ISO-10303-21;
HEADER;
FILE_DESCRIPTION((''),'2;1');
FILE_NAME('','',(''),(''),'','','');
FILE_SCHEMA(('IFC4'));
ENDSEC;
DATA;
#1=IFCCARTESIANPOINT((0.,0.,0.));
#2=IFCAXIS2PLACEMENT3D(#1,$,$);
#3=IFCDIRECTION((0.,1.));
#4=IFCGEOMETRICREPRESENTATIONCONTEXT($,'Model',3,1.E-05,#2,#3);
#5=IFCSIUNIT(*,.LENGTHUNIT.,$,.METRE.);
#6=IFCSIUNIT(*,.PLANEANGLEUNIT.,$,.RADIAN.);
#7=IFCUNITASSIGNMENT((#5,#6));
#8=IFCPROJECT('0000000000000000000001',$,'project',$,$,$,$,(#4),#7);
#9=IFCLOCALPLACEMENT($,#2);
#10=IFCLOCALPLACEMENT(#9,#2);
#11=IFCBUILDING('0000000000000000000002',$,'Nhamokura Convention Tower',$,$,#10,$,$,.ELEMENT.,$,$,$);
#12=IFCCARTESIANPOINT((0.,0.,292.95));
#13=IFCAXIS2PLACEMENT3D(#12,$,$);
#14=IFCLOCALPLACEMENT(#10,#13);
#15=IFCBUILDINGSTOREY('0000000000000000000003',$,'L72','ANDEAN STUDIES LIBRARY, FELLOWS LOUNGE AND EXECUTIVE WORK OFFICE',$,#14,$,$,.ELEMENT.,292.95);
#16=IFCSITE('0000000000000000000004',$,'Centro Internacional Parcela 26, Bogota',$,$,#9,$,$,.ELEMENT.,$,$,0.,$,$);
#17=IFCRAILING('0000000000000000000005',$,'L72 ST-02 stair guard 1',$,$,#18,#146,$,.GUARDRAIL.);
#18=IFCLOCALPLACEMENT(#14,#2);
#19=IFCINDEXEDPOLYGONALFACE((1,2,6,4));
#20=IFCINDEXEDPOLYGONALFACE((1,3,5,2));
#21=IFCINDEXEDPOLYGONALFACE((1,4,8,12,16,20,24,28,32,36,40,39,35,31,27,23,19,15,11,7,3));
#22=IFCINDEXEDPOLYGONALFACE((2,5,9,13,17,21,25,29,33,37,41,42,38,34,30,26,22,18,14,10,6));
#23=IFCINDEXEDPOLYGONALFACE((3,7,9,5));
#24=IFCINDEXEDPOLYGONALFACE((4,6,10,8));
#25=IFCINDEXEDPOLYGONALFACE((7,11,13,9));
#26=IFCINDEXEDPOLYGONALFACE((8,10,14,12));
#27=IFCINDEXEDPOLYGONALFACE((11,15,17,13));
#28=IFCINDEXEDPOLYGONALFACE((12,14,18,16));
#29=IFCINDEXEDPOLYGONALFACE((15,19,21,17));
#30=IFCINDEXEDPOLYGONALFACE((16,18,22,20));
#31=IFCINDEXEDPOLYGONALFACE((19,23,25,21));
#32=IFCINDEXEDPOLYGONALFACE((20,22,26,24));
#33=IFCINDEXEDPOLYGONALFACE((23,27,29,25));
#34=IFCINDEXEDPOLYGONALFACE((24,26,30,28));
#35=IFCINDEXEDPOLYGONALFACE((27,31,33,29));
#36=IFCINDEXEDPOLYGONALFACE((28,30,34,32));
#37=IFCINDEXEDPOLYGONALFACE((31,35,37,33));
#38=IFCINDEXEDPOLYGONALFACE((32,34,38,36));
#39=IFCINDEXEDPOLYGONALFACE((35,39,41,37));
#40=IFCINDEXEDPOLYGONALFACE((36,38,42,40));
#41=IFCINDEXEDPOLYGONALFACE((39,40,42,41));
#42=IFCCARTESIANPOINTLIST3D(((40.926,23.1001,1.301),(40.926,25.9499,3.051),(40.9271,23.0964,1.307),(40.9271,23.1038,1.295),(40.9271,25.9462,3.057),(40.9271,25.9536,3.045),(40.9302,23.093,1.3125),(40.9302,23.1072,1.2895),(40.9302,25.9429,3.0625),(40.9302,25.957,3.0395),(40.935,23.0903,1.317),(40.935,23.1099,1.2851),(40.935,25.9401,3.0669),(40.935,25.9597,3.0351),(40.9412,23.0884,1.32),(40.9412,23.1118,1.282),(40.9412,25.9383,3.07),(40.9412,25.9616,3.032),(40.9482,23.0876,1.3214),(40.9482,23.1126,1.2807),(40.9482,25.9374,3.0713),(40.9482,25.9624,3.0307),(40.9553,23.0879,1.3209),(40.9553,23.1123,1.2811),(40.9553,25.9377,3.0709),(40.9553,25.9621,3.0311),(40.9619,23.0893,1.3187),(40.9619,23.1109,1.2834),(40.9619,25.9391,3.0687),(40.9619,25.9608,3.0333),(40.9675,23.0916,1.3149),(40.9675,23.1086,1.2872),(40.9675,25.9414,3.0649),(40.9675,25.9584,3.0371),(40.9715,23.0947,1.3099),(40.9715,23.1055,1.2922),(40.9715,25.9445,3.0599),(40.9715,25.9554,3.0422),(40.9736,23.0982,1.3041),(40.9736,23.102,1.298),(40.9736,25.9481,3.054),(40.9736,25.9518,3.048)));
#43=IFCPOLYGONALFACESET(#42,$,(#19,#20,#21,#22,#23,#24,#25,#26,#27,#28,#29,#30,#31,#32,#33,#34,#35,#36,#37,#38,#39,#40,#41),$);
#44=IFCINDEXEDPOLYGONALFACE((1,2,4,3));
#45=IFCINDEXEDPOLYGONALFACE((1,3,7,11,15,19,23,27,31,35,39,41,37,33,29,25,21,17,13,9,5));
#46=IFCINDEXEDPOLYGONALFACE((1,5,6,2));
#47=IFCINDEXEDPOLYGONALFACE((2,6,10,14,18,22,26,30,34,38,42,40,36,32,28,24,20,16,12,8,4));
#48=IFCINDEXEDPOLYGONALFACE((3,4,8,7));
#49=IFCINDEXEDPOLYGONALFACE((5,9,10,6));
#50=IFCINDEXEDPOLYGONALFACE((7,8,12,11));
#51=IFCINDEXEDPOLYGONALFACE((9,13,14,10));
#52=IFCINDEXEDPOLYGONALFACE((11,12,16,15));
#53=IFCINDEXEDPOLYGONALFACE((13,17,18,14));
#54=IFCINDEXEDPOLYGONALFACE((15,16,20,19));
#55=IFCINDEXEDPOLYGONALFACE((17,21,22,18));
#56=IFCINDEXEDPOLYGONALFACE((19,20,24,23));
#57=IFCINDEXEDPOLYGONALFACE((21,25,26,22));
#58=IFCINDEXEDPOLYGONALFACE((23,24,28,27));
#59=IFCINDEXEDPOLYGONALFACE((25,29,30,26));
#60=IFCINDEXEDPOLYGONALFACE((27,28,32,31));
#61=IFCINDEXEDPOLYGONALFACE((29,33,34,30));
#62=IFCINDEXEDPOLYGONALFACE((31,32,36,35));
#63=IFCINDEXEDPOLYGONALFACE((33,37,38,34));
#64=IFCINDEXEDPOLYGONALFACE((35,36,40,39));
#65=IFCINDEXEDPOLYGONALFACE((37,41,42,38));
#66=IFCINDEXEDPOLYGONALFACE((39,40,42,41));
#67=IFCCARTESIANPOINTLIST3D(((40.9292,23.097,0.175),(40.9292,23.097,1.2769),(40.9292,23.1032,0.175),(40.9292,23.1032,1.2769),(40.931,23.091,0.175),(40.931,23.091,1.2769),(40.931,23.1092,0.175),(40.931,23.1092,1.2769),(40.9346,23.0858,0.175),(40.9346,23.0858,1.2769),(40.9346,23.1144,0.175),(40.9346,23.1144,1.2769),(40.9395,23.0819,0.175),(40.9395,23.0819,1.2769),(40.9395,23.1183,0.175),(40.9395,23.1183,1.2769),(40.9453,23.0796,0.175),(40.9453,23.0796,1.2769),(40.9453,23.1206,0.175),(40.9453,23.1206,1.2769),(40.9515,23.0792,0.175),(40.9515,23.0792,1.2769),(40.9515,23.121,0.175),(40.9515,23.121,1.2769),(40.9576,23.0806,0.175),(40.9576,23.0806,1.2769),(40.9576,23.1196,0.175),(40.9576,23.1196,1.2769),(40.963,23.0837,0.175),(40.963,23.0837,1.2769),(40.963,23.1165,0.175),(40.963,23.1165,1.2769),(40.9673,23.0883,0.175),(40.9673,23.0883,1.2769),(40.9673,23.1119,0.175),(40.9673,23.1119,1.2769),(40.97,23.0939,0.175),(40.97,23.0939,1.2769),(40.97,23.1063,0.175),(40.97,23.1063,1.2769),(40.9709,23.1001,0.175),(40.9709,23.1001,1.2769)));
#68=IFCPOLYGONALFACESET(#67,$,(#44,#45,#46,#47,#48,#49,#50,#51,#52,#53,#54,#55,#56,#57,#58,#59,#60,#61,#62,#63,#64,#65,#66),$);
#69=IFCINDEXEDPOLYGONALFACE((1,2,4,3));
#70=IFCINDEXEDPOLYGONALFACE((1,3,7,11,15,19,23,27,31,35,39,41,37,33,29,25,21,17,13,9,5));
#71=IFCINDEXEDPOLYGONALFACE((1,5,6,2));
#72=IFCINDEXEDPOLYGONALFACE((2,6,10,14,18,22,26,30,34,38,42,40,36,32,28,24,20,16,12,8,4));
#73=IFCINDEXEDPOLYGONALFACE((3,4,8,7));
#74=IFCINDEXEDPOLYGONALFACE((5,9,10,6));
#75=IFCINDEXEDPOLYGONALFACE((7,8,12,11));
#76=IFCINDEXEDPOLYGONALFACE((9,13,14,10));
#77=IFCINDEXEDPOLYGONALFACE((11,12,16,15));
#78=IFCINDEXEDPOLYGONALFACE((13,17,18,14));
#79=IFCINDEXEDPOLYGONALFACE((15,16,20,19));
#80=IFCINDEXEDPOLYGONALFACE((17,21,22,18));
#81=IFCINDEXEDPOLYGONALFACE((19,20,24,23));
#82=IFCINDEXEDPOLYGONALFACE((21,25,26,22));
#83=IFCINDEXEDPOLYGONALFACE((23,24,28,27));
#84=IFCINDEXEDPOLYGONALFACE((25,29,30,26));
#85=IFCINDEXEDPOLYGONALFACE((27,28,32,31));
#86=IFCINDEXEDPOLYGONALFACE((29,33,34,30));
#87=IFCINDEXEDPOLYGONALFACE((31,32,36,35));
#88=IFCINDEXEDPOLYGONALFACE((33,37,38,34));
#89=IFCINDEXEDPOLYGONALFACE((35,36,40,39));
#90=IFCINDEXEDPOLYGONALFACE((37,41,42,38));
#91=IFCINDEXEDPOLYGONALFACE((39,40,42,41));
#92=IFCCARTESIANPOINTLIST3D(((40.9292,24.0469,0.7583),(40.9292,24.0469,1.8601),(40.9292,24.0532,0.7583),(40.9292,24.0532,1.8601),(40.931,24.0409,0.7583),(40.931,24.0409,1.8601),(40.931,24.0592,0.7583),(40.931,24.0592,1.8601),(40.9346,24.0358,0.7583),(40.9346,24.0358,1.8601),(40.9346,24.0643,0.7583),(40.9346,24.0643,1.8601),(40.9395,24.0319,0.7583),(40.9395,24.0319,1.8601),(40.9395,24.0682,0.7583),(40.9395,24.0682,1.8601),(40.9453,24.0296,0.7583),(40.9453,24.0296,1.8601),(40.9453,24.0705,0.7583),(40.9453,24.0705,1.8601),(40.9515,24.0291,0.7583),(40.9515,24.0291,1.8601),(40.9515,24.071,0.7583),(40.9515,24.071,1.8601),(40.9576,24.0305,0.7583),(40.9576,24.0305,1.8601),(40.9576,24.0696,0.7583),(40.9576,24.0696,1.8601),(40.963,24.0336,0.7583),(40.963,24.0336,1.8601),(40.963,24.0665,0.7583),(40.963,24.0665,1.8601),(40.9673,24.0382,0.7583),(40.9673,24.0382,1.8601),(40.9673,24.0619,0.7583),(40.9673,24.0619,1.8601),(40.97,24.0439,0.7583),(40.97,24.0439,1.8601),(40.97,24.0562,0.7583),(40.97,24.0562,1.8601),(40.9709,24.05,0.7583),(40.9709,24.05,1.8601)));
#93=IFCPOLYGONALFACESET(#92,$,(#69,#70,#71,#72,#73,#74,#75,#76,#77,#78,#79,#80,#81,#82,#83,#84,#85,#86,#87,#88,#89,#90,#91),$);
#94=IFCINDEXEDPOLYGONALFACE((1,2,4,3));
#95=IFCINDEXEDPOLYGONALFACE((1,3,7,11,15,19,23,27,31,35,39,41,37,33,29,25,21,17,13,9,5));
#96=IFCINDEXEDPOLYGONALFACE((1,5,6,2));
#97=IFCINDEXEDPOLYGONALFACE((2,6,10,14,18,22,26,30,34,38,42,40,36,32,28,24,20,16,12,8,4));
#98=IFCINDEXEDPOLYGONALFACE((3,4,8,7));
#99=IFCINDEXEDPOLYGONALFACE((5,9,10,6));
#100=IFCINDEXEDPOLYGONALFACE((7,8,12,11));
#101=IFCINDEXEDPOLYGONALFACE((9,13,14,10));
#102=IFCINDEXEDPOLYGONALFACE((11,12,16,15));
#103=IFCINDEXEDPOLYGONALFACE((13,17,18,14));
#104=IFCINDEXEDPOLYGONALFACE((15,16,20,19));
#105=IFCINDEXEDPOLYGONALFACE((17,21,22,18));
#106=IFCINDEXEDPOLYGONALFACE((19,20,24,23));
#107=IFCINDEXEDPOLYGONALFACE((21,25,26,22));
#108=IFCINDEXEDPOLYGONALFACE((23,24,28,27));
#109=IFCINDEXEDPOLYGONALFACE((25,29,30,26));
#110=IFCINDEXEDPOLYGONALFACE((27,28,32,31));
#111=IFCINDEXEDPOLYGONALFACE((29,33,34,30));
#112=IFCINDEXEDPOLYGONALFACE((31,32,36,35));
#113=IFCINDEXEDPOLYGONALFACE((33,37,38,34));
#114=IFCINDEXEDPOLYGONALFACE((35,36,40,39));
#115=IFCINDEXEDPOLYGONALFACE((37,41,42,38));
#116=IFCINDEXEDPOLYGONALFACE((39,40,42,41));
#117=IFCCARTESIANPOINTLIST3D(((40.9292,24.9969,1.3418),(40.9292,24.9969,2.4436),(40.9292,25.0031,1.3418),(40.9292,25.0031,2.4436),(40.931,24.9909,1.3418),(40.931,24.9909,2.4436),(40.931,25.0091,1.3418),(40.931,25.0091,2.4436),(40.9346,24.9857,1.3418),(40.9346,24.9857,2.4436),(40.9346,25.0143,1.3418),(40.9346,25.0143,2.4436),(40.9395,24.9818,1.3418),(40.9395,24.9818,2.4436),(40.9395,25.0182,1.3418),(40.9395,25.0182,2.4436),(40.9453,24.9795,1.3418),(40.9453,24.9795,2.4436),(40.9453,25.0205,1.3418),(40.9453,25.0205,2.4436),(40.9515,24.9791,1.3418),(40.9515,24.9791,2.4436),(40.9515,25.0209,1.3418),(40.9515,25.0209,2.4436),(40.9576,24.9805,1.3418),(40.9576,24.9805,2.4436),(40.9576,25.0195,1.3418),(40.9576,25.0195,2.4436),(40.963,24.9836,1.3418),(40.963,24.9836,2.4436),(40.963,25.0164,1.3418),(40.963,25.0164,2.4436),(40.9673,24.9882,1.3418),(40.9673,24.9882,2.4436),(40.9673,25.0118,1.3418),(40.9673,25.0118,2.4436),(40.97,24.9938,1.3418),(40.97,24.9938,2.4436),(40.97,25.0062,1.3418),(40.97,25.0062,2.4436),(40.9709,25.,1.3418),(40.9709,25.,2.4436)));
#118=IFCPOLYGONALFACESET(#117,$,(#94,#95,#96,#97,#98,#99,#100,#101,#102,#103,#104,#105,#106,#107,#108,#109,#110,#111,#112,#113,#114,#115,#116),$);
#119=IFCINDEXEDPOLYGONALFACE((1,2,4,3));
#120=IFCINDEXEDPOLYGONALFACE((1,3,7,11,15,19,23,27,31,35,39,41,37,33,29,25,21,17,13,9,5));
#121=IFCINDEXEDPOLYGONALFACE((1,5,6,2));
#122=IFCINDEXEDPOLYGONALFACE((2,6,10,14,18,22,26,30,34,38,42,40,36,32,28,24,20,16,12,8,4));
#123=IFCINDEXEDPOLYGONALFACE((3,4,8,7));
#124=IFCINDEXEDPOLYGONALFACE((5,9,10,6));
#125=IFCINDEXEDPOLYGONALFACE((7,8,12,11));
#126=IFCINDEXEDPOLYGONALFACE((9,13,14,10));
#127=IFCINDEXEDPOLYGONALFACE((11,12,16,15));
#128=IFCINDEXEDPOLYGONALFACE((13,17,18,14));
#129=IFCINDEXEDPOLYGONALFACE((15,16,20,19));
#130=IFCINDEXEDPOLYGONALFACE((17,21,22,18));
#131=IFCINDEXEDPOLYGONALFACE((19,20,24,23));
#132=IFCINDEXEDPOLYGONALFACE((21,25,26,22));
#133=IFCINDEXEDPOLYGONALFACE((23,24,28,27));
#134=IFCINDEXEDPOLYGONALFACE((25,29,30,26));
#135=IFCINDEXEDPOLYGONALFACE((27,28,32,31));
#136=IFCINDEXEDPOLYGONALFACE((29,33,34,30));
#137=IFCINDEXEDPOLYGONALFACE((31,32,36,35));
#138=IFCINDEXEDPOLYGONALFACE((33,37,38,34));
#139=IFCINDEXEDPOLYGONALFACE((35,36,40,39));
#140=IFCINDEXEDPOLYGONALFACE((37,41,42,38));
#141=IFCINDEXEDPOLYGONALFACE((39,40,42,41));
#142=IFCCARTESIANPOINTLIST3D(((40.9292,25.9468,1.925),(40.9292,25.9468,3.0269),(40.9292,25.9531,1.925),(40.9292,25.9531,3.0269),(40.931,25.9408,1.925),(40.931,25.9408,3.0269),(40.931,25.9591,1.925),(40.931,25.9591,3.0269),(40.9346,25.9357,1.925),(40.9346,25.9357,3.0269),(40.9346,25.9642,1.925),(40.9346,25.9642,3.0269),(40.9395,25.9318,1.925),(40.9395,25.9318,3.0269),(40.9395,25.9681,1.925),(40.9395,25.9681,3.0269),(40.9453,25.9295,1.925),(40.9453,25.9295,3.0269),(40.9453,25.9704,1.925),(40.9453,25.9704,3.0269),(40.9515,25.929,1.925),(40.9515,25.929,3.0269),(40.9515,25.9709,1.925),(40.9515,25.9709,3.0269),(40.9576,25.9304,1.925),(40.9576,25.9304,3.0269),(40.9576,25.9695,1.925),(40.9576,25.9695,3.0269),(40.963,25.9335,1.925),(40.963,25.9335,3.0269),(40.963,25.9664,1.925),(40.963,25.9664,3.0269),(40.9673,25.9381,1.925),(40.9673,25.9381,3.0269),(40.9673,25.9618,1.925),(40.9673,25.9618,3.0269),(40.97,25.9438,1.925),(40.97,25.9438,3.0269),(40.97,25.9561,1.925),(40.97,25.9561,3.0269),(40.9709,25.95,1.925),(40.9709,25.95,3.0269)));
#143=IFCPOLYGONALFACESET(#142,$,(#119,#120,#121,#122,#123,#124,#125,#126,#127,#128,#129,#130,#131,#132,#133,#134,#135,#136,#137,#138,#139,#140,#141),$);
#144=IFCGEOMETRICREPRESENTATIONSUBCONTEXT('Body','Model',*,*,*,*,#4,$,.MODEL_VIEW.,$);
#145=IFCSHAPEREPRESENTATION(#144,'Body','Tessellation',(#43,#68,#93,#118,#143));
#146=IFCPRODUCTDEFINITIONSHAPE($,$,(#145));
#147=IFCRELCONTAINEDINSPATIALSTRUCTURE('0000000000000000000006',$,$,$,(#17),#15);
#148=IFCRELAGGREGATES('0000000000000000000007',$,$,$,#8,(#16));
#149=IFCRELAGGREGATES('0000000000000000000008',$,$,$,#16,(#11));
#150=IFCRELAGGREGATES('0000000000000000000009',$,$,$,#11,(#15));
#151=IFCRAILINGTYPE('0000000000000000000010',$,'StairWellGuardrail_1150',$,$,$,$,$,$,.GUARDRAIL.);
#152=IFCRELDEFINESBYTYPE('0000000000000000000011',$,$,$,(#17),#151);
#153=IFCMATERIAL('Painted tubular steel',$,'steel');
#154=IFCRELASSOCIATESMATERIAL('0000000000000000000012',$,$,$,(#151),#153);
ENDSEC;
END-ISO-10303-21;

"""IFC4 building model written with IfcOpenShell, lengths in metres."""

from ifc_helpers import new_model, si_unit, direction, frame, origin, origin_2d, place, context, subcontext, project, spatial, circle, extrude, material, type_object, element, save


model = new_model("IFC4")

# Units and contexts
model_context = context("Model", 3, precision=1e-05, world=origin(), true_north=direction((0.0, 1.0)))
body_context = subcontext(model_context, "Body", "Model", "MODEL_VIEW")
ifc_project = project(units=[si_unit("LENGTHUNIT", "METRE"), si_unit("PLANEANGLEUNIT", "RADIAN")], contexts=[model_context])

# Site, building, storey
site_placement = place(None, origin())
site = spatial("IfcSite", under=ifc_project, at=site_placement, Name="Centro Internacional Parcela 26, Bogota", CompositionType="ELEMENT", RefElevation=0.0)
building_placement = place(site_placement, origin())
building = spatial("IfcBuilding", under=site, at=building_placement, Name="Nhamokura Convention Tower", CompositionType="ELEMENT")
storey_placement = place(building_placement, frame((0.0, 0.0, 292.95)))
storey = spatial("IfcBuildingStorey", under=building, at=storey_placement, Name="L72", Description="ANDEAN STUDIES LIBRARY, FELLOWS LOUNGE AND EXECUTIVE WORK OFFICE", CompositionType="ELEMENT", Elevation=292.95)

# Railing
ifc_material_1 = material(Name="Painted tubular steel", Category="steel")
railing_type_1 = type_object("IfcRailingType", Name="StairWellGuardrail_1150", PredefinedType="GUARDRAIL", material=ifc_material_1)
railing_1_placement = place(storey_placement, frame((40.95, 23.1001, 0.175)))
element("IfcRailing", 1, at=railing_1_placement, inside=storey, type_object=railing_type_1, Name="L72 ST-02 stair guard 1", PredefinedType="GUARDRAIL", context=body_context, shape_type="SweptSolid", body=[
    extrude(circle(Radius=0.0239, at=origin_2d()), frame((0.0, 0.0, 1.126), z_axis=(0.0, 0.852159, 0.523283), x_axis=(-1.0, 0.0, 0.0)), (0.0, 0.0, 1.0), 3.3442),
    extrude(circle(Radius=0.021, at=origin_2d()), origin(), (0.0, 0.0, 1.0), 1.1018),
    extrude(circle(Radius=0.021, at=origin_2d()), frame((0.0, 0.95, 0.5833)), (0.0, 0.0, 1.0), 1.1018),
    extrude(circle(Radius=0.021, at=origin_2d()), frame((0.0, 1.8999, 1.1667)), (0.0, 0.0, 1.0), 1.1018),
    extrude(circle(Radius=0.021, at=origin_2d()), frame((0.0, 2.8499, 1.75)), (0.0, 0.0, 1.0), 1.1018),
])

save(model, "model.ifc")
